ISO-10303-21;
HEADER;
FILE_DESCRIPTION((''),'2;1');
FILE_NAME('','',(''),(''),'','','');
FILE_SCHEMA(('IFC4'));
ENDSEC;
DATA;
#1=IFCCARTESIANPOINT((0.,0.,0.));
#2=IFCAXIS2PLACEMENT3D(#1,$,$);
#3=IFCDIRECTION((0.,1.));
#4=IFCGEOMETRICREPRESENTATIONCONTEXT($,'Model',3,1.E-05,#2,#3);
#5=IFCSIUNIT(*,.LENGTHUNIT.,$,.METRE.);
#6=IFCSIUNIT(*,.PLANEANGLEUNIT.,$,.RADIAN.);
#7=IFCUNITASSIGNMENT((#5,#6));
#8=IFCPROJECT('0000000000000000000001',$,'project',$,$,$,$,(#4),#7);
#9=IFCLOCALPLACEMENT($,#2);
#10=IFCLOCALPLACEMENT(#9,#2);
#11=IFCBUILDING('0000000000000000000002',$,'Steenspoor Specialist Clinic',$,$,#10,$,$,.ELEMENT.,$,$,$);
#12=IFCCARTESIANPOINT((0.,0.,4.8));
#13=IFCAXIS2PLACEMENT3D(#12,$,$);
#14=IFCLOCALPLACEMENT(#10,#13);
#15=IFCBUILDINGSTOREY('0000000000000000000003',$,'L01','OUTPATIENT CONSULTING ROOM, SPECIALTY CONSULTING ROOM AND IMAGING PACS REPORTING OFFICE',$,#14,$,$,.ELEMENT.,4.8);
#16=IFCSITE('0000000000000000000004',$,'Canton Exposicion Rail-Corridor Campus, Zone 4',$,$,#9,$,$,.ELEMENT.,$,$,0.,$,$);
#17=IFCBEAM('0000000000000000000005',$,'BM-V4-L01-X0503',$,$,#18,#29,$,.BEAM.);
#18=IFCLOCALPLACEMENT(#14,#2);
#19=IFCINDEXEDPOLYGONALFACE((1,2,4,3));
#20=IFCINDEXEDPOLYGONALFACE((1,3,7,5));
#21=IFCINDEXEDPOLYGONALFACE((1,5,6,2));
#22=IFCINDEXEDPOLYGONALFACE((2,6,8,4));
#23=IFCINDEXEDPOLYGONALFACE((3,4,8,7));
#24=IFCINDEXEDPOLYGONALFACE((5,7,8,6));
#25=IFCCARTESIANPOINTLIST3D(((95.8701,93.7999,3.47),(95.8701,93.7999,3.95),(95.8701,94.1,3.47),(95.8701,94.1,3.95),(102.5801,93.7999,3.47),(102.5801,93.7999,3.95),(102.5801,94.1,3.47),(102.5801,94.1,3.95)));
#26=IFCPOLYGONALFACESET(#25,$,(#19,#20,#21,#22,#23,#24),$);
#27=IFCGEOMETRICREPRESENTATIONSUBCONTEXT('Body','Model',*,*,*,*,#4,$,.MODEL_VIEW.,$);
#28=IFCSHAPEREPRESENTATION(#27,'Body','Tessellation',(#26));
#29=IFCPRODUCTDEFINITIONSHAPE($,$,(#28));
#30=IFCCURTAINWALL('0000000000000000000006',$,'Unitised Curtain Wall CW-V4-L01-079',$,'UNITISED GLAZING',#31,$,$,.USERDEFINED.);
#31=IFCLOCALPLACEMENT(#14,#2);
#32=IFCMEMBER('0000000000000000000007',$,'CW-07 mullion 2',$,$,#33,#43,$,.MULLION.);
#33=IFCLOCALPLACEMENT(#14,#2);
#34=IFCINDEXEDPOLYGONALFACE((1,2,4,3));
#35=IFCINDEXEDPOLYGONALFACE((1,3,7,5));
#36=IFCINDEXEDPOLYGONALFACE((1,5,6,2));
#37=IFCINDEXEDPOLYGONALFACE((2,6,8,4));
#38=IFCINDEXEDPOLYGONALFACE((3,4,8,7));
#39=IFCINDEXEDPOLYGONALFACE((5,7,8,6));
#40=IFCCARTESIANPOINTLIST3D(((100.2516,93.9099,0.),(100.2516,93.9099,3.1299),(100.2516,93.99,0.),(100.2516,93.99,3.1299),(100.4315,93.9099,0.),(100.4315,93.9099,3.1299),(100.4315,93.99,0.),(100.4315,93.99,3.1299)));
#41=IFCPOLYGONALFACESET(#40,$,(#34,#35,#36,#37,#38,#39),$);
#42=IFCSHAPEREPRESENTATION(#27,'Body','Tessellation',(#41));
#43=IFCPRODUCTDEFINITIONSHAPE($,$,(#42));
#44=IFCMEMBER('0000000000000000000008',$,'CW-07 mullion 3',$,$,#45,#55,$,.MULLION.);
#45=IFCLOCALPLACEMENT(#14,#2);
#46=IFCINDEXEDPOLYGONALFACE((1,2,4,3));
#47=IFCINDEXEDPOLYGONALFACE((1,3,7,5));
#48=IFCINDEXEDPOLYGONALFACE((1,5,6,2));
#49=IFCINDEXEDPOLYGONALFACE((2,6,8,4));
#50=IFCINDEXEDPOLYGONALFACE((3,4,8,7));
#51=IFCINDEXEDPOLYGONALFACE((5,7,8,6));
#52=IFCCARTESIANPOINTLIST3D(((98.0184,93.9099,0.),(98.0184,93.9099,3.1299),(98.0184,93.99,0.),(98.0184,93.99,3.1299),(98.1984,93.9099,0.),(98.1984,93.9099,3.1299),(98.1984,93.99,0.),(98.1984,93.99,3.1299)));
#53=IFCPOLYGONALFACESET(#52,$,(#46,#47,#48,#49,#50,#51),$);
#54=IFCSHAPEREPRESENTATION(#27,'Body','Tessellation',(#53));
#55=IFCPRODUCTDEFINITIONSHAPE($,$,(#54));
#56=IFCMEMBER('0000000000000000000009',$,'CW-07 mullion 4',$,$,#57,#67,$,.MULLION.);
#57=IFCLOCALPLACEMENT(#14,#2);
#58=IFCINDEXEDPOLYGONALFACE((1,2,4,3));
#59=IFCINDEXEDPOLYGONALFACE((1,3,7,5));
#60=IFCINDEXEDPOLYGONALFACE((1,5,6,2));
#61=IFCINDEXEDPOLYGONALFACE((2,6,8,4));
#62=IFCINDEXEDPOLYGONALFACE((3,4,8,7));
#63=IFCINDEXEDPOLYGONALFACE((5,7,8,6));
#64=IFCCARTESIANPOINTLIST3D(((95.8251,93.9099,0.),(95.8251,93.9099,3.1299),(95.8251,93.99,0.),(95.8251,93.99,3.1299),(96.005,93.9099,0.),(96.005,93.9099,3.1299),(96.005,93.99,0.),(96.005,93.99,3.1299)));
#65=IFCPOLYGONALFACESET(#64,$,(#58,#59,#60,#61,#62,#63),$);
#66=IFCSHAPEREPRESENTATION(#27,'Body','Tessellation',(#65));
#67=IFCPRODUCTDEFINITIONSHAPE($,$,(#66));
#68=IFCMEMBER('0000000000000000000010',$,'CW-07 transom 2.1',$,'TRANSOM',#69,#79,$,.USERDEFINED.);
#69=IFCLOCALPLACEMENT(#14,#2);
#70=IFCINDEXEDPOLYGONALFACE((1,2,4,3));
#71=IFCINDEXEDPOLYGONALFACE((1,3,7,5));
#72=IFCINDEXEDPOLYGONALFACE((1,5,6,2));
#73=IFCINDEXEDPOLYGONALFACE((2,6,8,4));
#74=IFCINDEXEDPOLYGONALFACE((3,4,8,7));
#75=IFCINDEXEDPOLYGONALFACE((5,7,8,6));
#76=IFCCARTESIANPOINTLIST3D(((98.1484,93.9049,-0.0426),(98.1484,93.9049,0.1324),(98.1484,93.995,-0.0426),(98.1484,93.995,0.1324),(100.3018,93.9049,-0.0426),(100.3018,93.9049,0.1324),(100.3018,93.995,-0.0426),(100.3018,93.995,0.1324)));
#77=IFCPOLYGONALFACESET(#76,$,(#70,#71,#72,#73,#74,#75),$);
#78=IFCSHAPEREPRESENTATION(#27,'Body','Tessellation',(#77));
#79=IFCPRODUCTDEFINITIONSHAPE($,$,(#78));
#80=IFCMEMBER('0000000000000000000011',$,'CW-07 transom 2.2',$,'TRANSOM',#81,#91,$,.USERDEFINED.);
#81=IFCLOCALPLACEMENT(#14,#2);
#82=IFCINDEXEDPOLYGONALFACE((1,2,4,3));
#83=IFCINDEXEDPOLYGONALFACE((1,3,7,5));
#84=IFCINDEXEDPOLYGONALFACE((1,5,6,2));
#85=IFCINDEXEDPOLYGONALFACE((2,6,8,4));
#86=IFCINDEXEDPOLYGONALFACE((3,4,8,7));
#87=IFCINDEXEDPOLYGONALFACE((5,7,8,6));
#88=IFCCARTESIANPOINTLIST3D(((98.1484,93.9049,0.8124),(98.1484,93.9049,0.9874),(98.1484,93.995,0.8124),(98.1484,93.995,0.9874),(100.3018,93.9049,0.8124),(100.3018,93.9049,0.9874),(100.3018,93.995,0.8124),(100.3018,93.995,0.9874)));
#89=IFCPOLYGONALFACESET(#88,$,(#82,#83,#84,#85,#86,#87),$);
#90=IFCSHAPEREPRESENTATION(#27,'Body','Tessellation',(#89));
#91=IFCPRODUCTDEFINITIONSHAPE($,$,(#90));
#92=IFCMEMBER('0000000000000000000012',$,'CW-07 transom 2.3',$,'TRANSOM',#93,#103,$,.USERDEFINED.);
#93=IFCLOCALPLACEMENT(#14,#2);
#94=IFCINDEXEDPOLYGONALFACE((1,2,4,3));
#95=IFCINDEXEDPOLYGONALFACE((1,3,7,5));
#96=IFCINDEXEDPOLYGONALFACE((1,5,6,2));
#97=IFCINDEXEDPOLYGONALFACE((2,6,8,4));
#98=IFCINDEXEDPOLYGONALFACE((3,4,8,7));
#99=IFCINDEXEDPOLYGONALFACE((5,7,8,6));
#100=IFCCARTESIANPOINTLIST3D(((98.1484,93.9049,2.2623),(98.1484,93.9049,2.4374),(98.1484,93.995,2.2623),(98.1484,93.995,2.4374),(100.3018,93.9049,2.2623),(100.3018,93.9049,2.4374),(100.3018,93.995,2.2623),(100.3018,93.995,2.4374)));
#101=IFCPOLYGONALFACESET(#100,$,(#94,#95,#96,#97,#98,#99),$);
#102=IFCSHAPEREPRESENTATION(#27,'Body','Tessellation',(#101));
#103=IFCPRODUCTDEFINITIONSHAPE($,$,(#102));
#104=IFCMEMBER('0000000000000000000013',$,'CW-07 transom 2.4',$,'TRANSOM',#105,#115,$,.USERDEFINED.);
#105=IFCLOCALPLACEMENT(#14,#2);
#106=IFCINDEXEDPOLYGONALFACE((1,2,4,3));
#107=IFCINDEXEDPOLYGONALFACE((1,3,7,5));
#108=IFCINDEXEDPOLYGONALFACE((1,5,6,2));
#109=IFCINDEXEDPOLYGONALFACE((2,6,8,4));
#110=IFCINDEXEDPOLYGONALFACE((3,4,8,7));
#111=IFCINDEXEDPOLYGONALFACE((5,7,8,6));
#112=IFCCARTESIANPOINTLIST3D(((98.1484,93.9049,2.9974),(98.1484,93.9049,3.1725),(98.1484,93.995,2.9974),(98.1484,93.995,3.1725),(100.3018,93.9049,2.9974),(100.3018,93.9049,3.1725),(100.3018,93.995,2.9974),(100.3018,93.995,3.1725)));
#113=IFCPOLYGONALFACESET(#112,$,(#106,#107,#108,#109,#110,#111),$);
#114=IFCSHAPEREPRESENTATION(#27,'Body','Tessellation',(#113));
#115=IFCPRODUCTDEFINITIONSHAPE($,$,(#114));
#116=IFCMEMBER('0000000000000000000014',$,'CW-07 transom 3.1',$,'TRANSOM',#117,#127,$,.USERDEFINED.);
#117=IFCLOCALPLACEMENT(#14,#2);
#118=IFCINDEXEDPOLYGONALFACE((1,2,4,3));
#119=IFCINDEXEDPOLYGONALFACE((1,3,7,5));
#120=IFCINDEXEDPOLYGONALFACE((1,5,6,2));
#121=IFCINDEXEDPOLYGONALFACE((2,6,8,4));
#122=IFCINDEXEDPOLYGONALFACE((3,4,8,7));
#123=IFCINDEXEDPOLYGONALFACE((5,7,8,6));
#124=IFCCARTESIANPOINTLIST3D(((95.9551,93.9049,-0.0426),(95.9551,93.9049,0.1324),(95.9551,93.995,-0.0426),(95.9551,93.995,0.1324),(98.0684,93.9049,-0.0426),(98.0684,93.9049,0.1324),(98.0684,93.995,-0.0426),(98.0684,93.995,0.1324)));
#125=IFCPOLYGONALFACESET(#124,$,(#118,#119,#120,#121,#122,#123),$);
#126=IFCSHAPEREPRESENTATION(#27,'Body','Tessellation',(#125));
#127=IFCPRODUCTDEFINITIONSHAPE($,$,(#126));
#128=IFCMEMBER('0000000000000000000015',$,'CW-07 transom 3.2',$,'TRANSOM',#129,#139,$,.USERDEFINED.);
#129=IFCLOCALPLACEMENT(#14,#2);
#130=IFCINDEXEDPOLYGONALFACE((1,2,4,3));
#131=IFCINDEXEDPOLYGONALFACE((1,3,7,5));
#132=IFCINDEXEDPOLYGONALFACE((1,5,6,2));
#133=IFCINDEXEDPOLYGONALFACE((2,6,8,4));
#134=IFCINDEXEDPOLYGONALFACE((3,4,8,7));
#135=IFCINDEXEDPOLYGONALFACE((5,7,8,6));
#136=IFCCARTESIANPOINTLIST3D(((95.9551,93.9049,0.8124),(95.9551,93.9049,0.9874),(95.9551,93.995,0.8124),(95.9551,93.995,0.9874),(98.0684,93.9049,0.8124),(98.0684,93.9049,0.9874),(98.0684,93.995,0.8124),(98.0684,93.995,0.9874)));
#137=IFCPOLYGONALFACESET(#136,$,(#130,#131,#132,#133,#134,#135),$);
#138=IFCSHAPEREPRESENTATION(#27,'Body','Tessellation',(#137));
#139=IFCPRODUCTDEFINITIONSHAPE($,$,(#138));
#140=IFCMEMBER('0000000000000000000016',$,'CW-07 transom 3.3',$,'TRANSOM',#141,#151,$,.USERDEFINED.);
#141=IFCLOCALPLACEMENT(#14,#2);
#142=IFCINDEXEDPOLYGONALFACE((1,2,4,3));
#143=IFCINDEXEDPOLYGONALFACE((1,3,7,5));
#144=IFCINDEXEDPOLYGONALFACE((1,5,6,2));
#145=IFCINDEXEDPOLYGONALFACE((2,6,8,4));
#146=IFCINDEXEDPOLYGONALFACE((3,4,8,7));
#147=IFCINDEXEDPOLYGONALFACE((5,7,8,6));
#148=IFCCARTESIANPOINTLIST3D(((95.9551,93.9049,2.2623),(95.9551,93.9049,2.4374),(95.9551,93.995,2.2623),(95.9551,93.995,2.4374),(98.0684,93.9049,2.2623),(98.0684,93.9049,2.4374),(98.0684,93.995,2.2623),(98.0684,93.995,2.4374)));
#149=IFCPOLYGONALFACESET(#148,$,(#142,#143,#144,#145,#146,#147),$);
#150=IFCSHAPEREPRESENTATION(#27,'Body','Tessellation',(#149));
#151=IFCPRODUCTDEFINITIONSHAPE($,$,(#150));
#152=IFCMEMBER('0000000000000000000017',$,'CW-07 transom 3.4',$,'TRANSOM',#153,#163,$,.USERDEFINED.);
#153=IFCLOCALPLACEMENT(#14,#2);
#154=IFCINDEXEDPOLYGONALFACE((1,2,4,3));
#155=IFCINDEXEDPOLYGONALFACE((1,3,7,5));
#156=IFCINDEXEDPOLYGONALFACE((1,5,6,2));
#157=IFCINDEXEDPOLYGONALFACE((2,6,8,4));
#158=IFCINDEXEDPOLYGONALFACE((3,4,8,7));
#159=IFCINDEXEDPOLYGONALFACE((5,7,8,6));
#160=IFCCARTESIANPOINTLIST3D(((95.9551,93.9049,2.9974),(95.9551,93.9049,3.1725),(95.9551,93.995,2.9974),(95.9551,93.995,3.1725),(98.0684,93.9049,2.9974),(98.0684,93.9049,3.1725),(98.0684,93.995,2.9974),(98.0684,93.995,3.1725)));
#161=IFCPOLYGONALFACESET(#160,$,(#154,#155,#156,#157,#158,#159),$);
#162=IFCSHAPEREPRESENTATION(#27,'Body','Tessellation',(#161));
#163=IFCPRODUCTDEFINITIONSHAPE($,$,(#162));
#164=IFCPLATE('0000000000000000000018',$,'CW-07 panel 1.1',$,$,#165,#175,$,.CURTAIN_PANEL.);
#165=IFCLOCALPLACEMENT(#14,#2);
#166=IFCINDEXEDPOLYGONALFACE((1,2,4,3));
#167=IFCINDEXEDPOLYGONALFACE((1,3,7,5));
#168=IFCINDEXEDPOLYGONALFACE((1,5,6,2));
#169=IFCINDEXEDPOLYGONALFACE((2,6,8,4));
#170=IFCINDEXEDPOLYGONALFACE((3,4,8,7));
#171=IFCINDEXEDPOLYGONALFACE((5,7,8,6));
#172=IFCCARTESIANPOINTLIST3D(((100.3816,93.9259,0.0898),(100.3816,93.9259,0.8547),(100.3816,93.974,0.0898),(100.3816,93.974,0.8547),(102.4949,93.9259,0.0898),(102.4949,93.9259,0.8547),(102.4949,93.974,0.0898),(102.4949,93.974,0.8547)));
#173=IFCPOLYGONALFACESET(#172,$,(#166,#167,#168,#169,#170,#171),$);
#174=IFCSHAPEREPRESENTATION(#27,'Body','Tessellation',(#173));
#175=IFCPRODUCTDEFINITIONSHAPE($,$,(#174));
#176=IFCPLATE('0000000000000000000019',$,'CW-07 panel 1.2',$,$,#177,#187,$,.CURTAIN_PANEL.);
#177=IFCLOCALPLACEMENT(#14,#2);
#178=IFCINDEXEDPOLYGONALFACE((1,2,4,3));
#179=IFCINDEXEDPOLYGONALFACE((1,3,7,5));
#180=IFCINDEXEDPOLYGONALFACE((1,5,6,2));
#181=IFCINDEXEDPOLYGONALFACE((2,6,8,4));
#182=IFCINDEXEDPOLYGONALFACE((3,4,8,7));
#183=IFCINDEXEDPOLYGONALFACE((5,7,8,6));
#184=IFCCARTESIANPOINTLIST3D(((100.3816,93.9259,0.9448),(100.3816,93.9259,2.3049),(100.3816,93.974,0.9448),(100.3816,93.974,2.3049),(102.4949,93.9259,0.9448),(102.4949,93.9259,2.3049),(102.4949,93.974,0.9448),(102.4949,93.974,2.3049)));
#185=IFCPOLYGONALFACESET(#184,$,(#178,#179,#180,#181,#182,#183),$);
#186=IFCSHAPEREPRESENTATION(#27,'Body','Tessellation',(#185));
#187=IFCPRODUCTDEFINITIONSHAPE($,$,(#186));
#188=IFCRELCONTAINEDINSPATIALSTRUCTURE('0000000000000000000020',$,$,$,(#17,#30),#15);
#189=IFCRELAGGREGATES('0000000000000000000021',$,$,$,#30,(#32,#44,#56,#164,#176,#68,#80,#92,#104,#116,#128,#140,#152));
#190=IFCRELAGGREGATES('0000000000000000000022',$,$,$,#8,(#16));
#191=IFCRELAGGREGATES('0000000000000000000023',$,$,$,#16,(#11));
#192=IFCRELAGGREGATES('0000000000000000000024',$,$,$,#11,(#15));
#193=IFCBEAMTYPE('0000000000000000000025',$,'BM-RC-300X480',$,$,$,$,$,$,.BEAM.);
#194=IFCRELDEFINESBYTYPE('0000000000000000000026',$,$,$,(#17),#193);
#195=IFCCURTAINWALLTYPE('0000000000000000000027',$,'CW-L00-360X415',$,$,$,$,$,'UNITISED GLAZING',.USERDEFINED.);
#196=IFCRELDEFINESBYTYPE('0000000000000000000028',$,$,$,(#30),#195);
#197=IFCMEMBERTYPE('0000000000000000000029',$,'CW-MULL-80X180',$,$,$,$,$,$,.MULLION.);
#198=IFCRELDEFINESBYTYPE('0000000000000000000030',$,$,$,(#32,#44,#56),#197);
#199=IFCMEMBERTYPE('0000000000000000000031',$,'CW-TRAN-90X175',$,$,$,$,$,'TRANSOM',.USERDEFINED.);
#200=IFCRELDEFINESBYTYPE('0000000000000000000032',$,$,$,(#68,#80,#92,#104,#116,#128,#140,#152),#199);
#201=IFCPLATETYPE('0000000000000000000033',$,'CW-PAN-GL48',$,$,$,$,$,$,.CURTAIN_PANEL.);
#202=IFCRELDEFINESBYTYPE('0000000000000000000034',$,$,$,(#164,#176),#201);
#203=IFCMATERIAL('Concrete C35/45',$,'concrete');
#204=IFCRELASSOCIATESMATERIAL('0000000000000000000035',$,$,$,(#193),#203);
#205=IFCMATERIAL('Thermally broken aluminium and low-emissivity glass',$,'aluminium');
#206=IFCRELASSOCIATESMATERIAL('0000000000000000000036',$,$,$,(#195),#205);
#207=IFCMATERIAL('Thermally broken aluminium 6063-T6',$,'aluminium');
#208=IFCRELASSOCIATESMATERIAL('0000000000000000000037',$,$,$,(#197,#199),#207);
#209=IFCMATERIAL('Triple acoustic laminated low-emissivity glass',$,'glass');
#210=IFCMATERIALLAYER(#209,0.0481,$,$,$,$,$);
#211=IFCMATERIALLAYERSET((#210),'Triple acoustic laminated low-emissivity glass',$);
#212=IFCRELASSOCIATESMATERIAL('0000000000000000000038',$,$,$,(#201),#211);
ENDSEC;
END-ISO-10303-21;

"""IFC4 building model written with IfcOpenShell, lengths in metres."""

from ifc_helpers import new_model, si_unit, direction, frame, origin, origin_2d, place, context, subcontext, project, spatial, rectangle, extrude, material, layer, layer_set, material_profile, profile_set, type_object, element, aggregate, save


model = new_model("IFC4")

# Units and contexts
model_context = context("Model", 3, precision=1e-05, world=origin(), true_north=direction((0.0, 1.0)))
body_context = subcontext(model_context, "Body", "Model", "MODEL_VIEW")
ifc_project = project(units=[si_unit("LENGTHUNIT", "METRE"), si_unit("PLANEANGLEUNIT", "RADIAN")], contexts=[model_context])

# Site, building, storey
site_placement = place(None, origin())
site = spatial("IfcSite", under=ifc_project, at=site_placement, Name="Canton Exposicion Rail-Corridor Campus, Zone 4", CompositionType="ELEMENT", RefElevation=0.0)
building_placement = place(site_placement, origin())
building = spatial("IfcBuilding", under=site, at=building_placement, Name="Steenspoor Specialist Clinic", CompositionType="ELEMENT")
storey_placement = place(building_placement, frame((0.0, 0.0, 4.8)))
storey = spatial("IfcBuildingStorey", under=building, at=storey_placement, Name="L01", Description="OUTPATIENT CONSULTING ROOM, SPECIALTY CONSULTING ROOM AND IMAGING PACS REPORTING OFFICE", CompositionType="ELEMENT", Elevation=4.8)

# Beam
ifc_material_1 = material(Name="Concrete C35/45", Category="concrete")
ifc_material_profile_1 = material_profile(ifc_material_1, rectangle(XDim=0.3, YDim=0.48, at=origin_2d()), Name="RC-BM-300X480")
ifc_profile_set_1 = profile_set([ifc_material_profile_1], Name="Concrete C35/45")
beam_type = type_object("IfcBeamType", Name="BM-RC-300X480", PredefinedType="BEAM", material=ifc_profile_set_1)
beam_placement = place(storey_placement, frame((95.8701, 93.95, 3.71), z_axis=(1.0, 0.0, 0.0), x_axis=(0.0, 1.0, 0.0)))
element("IfcBeam", 1, at=beam_placement, inside=storey, type_object=beam_type, Name="BM-V4-L01-X0503", PredefinedType="BEAM", context=body_context, shape_type="SweptSolid", body=[
    extrude(rectangle(XDim=0.3, YDim=0.48, at=origin_2d()), origin(), (0.0, 0.0, 1.0), 6.71),
])

# Curtain wall, members, plates
ifc_material_2 = material(Name="Thermally broken aluminium and low-emissivity glass", Category="aluminium")
curtain_wall_type = type_object("IfcCurtainWallType", Name="CW-L00-360X415", ElementType="UNITISED GLAZING", PredefinedType="USERDEFINED", material=ifc_material_2)
curtain_wall_placement = place(storey_placement, origin())
curtain_wall = element("IfcCurtainWall", 2, at=curtain_wall_placement, inside=storey, type_object=curtain_wall_type, Name="Unitised Curtain Wall CW-V4-L01-079", ObjectType="UNITISED GLAZING", PredefinedType="USERDEFINED")
ifc_material_3 = material(Name="Thermally broken aluminium 6063-T6", Category="aluminium")
ifc_material_profile_2 = material_profile(ifc_material_3, rectangle(XDim=0.0801, YDim=0.1799, at=origin_2d()), Name="CWM-80X180")
ifc_profile_set_2 = profile_set([ifc_material_profile_2], Name="Thermally broken aluminium 6063-T6")
member_type_1 = type_object("IfcMemberType", Name="CW-MULL-80X180", PredefinedType="MULLION", material=ifc_profile_set_2)
member_1_placement = place(storey_placement, frame((100.3416, 93.95, 0.0), z_axis=(0.0, 0.0, 1.0), x_axis=(0.0, -1.0, 0.0)))
member_1 = element("IfcMember", 3, at=member_1_placement, type_object=member_type_1, Name="CW-07 mullion 2", PredefinedType="MULLION", context=body_context, shape_type="SweptSolid", body=[
    extrude(rectangle(XDim=0.0801, YDim=0.1799, at=origin_2d()), origin(), (0.0, 0.0, 1.0), 3.1299),
])
member_2_placement = place(storey_placement, frame((98.1084, 93.95, 0.0), z_axis=(0.0, 0.0, 1.0), x_axis=(0.0, -1.0, 0.0)))
member_2 = element("IfcMember", 4, at=member_2_placement, type_object=member_type_1, Name="CW-07 mullion 3", PredefinedType="MULLION", context=body_context, shape_type="SweptSolid", body=[
    extrude(rectangle(XDim=0.0801, YDim=0.1799, at=origin_2d()), origin(), (0.0, 0.0, 1.0), 3.1299),
])
member_3_placement = place(storey_placement, frame((95.915, 93.95, 0.0), z_axis=(0.0, 0.0, 1.0), x_axis=(0.0, -1.0, 0.0)))
member_3 = element("IfcMember", 5, at=member_3_placement, type_object=member_type_1, Name="CW-07 mullion 4", PredefinedType="MULLION", context=body_context, shape_type="SweptSolid", body=[
    extrude(rectangle(XDim=0.0801, YDim=0.1799, at=origin_2d()), origin(), (0.0, 0.0, 1.0), 3.1299),
])
ifc_material_profile_3 = material_profile(ifc_material_3, rectangle(XDim=0.0901, YDim=0.175, at=origin_2d()), Name="CWT-90X175")
ifc_profile_set_3 = profile_set([ifc_material_profile_3], Name="Thermally broken aluminium 6063-T6")
member_type_2 = type_object("IfcMemberType", Name="CW-TRAN-90X175", ElementType="TRANSOM", PredefinedType="USERDEFINED", material=ifc_profile_set_3)
member_4_placement = place(storey_placement, frame((100.3018, 93.95, 0.0449), z_axis=(-1.0, 0.0, 0.0), x_axis=(0.0, -1.0, 0.0)))
member_4 = element("IfcMember", 6, at=member_4_placement, type_object=member_type_2, Name="CW-07 transom 2.1", ObjectType="TRANSOM", PredefinedType="USERDEFINED", context=body_context, shape_type="SweptSolid", body=[
    extrude(rectangle(XDim=0.0901, YDim=0.175, at=origin_2d()), origin(), (0.0, 0.0, 1.0), 2.1533),
])
member_5_placement = place(storey_placement, frame((100.3018, 93.95, 0.8999), z_axis=(-1.0, 0.0, 0.0), x_axis=(0.0, -1.0, 0.0)))
member_5 = element("IfcMember", 7, at=member_5_placement, type_object=member_type_2, Name="CW-07 transom 2.2", ObjectType="TRANSOM", PredefinedType="USERDEFINED", context=body_context, shape_type="SweptSolid", body=[
    extrude(rectangle(XDim=0.0901, YDim=0.175, at=origin_2d()), origin(), (0.0, 0.0, 1.0), 2.1533),
])
member_6_placement = place(storey_placement, frame((100.3018, 93.95, 2.3499), z_axis=(-1.0, 0.0, 0.0), x_axis=(0.0, -1.0, 0.0)))
member_6 = element("IfcMember", 8, at=member_6_placement, type_object=member_type_2, Name="CW-07 transom 2.3", ObjectType="TRANSOM", PredefinedType="USERDEFINED", context=body_context, shape_type="SweptSolid", body=[
    extrude(rectangle(XDim=0.0901, YDim=0.175, at=origin_2d()), origin(), (0.0, 0.0, 1.0), 2.1533),
])
member_7_placement = place(storey_placement, frame((100.3018, 93.95, 3.085), z_axis=(-1.0, 0.0, 0.0), x_axis=(0.0, -1.0, 0.0)))
member_7 = element("IfcMember", 9, at=member_7_placement, type_object=member_type_2, Name="CW-07 transom 2.4", ObjectType="TRANSOM", PredefinedType="USERDEFINED", context=body_context, shape_type="SweptSolid", body=[
    extrude(rectangle(XDim=0.0901, YDim=0.175, at=origin_2d()), origin(), (0.0, 0.0, 1.0), 2.1533),
])
member_8_placement = place(storey_placement, frame((98.0684, 93.95, 0.0449), z_axis=(-1.0, 0.0, 0.0), x_axis=(0.0, -1.0, 0.0)))
member_8 = element("IfcMember", 10, at=member_8_placement, type_object=member_type_2, Name="CW-07 transom 3.1", ObjectType="TRANSOM", PredefinedType="USERDEFINED", context=body_context, shape_type="SweptSolid", body=[
    extrude(rectangle(XDim=0.0901, YDim=0.175, at=origin_2d()), origin(), (0.0, 0.0, 1.0), 2.1133),
])
member_9_placement = place(storey_placement, frame((98.0684, 93.95, 0.8999), z_axis=(-1.0, 0.0, 0.0), x_axis=(0.0, -1.0, 0.0)))
member_9 = element("IfcMember", 11, at=member_9_placement, type_object=member_type_2, Name="CW-07 transom 3.2", ObjectType="TRANSOM", PredefinedType="USERDEFINED", context=body_context, shape_type="SweptSolid", body=[
    extrude(rectangle(XDim=0.0901, YDim=0.175, at=origin_2d()), origin(), (0.0, 0.0, 1.0), 2.1133),
])
member_10_placement = place(storey_placement, frame((98.0684, 93.95, 2.3499), z_axis=(-1.0, 0.0, 0.0), x_axis=(0.0, -1.0, 0.0)))
member_10 = element("IfcMember", 12, at=member_10_placement, type_object=member_type_2, Name="CW-07 transom 3.3", ObjectType="TRANSOM", PredefinedType="USERDEFINED", context=body_context, shape_type="SweptSolid", body=[
    extrude(rectangle(XDim=0.0901, YDim=0.175, at=origin_2d()), origin(), (0.0, 0.0, 1.0), 2.1133),
])
member_11_placement = place(storey_placement, frame((98.0684, 93.95, 3.085), z_axis=(-1.0, 0.0, 0.0), x_axis=(0.0, -1.0, 0.0)))
member_11 = element("IfcMember", 13, at=member_11_placement, type_object=member_type_2, Name="CW-07 transom 3.4", ObjectType="TRANSOM", PredefinedType="USERDEFINED", context=body_context, shape_type="SweptSolid", body=[
    extrude(rectangle(XDim=0.0901, YDim=0.175, at=origin_2d()), origin(), (0.0, 0.0, 1.0), 2.1133),
])
ifc_material_4 = material(Name="Triple acoustic laminated low-emissivity glass", Category="glass")
ifc_layer_1 = layer(ifc_material_4, 0.0481)
ifc_layer_set_1 = layer_set([ifc_layer_1], Name="Triple acoustic laminated low-emissivity glass")
plate_type = type_object("IfcPlateType", Name="CW-PAN-GL48", PredefinedType="CURTAIN_PANEL", material=ifc_layer_set_1)
plate_1_placement = place(storey_placement, frame((101.4382, 93.95, 0.0898), z_axis=(0.0, 0.0, 1.0), x_axis=(-1.0, 0.0, 0.0)))
plate_1 = element("IfcPlate", 14, at=plate_1_placement, type_object=plate_type, Name="CW-07 panel 1.1", PredefinedType="CURTAIN_PANEL", context=body_context, shape_type="SweptSolid", body=[
    extrude(rectangle(XDim=2.1133, YDim=0.0481, at=origin_2d()), origin(), (0.0, 0.0, 1.0), 0.7649),
])
plate_2_placement = place(storey_placement, frame((101.4382, 93.95, 0.9448), z_axis=(0.0, 0.0, 1.0), x_axis=(-1.0, 0.0, 0.0)))
plate_2 = element("IfcPlate", 15, at=plate_2_placement, type_object=plate_type, Name="CW-07 panel 1.2", PredefinedType="CURTAIN_PANEL", context=body_context, shape_type="SweptSolid", body=[
    extrude(rectangle(XDim=2.1133, YDim=0.0481, at=origin_2d()), origin(), (0.0, 0.0, 1.0), 1.3601),
])
aggregate(curtain_wall, [member_1, member_2, member_3, plate_1, plate_2, member_4, member_5, member_6, member_7, member_8, member_9, member_10, member_11])

save(model, "model.ifc")
